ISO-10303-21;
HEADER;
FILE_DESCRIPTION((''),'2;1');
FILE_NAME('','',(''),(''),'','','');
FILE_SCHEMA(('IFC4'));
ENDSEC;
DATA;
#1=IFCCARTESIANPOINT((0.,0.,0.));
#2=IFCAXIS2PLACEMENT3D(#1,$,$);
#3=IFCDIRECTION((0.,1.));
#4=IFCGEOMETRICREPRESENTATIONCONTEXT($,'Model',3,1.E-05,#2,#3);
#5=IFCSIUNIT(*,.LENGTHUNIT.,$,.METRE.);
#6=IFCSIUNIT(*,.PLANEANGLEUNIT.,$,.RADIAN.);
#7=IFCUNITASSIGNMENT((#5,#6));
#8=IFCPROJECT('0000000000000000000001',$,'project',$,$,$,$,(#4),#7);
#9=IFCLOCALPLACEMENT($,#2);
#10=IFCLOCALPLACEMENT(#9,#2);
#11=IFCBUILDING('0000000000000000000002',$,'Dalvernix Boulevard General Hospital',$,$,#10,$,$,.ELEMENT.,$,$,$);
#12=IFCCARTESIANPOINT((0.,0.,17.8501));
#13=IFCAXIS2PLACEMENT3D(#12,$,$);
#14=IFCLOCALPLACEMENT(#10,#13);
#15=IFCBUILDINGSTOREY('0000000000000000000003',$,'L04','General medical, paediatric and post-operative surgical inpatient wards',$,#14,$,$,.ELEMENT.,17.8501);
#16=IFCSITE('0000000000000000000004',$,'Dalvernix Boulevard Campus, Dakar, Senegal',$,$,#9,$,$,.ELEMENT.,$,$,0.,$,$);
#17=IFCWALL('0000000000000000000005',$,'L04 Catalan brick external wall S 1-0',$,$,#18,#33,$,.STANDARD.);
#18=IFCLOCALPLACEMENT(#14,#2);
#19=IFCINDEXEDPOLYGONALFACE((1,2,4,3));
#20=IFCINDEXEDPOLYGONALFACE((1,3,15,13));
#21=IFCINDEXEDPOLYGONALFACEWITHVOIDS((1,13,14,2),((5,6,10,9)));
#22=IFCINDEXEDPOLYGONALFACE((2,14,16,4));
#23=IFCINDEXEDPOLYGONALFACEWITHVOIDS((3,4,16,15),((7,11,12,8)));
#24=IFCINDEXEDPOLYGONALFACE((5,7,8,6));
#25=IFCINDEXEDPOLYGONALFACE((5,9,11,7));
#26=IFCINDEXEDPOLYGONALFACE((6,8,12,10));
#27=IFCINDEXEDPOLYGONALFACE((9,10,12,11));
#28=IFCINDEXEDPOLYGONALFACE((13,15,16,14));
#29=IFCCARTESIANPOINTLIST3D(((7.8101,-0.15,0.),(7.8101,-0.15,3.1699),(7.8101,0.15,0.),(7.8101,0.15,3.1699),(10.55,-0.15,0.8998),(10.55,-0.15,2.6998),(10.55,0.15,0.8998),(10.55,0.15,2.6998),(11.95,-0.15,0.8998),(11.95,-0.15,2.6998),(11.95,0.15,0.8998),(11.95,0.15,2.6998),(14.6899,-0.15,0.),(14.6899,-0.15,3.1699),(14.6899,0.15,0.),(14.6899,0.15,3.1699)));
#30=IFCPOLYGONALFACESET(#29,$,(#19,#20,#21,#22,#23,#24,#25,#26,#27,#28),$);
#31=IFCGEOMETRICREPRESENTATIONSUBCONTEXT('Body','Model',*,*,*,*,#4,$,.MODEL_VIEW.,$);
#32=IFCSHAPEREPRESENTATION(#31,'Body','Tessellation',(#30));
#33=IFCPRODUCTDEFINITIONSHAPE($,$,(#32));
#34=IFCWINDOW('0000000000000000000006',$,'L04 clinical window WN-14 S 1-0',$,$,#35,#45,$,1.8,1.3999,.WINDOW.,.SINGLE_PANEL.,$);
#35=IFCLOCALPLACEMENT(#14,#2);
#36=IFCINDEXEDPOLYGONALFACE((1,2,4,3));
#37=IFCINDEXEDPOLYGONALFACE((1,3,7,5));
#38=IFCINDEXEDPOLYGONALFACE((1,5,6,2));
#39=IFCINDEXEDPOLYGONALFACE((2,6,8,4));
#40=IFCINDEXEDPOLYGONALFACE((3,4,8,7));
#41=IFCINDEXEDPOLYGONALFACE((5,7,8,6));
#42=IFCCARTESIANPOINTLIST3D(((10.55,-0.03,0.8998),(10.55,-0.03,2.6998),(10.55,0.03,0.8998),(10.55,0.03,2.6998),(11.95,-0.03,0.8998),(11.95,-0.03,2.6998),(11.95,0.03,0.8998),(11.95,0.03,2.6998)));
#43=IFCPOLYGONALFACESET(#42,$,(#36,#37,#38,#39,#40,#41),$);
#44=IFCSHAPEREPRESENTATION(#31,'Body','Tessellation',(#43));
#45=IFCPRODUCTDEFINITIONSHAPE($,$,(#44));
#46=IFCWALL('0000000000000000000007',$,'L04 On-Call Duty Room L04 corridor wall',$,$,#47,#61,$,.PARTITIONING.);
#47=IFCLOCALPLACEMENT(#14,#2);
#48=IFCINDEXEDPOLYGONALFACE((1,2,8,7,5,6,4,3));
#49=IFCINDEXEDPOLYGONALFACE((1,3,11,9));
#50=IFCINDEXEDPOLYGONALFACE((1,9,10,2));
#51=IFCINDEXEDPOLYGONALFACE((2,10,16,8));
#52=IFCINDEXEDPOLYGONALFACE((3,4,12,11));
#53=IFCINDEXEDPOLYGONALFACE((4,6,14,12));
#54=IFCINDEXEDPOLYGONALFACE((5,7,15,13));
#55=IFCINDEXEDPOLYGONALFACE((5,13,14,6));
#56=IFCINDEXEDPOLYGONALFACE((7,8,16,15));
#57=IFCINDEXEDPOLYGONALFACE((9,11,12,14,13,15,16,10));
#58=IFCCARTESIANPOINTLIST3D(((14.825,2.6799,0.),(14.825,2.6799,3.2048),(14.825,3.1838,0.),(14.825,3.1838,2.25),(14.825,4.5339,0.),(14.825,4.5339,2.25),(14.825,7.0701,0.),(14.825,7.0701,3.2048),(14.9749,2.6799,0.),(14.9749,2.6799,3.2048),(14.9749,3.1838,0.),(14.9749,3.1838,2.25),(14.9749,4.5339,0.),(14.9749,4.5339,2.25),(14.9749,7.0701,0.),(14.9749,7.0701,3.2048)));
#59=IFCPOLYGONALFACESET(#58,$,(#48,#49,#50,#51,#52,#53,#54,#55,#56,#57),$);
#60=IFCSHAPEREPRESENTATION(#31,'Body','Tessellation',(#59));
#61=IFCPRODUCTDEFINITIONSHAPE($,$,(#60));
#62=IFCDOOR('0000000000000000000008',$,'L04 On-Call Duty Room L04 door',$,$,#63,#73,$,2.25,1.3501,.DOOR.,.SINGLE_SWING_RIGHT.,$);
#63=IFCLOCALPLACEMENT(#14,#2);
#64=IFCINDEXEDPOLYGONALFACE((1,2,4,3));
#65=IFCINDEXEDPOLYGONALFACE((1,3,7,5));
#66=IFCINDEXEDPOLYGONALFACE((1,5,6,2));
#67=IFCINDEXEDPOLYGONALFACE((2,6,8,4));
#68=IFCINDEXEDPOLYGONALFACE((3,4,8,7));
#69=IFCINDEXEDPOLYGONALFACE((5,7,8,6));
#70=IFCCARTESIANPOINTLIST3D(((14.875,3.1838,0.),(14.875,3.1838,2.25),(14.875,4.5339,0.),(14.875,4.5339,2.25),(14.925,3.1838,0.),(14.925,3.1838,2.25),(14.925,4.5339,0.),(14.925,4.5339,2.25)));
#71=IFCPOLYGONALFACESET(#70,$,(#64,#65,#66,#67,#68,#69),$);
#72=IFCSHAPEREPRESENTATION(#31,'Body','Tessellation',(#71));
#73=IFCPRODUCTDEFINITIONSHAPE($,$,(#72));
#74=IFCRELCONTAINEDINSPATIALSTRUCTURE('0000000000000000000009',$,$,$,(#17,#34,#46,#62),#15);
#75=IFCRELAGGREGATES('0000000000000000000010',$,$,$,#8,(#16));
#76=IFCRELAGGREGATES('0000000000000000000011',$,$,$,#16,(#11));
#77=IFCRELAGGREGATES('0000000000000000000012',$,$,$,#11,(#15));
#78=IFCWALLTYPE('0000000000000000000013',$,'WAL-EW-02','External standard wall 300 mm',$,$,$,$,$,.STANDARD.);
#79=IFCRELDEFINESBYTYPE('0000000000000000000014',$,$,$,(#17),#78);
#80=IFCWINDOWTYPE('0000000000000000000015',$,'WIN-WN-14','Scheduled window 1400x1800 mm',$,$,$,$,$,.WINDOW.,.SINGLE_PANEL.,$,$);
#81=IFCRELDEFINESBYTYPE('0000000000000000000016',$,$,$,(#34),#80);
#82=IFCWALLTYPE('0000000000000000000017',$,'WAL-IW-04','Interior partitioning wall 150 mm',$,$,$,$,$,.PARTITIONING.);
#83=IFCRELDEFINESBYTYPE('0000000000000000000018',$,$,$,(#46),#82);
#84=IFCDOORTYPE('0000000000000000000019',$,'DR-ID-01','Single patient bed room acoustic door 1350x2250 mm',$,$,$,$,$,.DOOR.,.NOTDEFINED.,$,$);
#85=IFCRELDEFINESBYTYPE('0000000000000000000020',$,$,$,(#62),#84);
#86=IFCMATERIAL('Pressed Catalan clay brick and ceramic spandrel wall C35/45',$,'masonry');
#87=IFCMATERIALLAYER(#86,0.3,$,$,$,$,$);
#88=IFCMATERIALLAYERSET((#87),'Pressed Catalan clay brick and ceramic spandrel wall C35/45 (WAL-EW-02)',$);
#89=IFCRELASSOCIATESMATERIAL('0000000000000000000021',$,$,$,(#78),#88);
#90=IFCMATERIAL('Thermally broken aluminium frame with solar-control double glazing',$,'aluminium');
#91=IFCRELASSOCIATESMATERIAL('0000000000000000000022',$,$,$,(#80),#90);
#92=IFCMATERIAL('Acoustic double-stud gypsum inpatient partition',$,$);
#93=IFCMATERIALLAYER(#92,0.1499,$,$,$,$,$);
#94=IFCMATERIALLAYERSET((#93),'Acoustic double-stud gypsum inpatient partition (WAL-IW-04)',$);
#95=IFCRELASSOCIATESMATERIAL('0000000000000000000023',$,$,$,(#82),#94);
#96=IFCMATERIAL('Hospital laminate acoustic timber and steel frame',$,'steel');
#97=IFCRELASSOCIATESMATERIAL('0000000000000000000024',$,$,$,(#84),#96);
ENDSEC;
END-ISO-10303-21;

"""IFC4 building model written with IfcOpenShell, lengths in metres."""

from ifc_helpers import new_model, si_unit, direction, frame, frame_2d, origin, place, context, subcontext, project, spatial, rectangle, extrude, material, layer, layer_set, type_object, element, fill, save


model = new_model("IFC4")

# Units and contexts
model_context = context("Model", 3, precision=1e-05, world=origin(), true_north=direction((0.0, 1.0)))
body_context = subcontext(model_context, "Body", "Model", "MODEL_VIEW")
ifc_project = project(units=[si_unit("LENGTHUNIT", "METRE"), si_unit("PLANEANGLEUNIT", "RADIAN")], contexts=[model_context])

# Site, building, storey
site_placement = place(None, origin())
site = spatial("IfcSite", under=ifc_project, at=site_placement, Name="Dalvernix Boulevard Campus, Dakar, Senegal", CompositionType="ELEMENT", RefElevation=0.0)
building_placement = place(site_placement, origin())
building = spatial("IfcBuilding", under=site, at=building_placement, Name="Dalvernix Boulevard General Hospital", CompositionType="ELEMENT")
storey_placement = place(building_placement, frame((0.0, 0.0, 17.8501)))
storey = spatial("IfcBuildingStorey", under=building, at=storey_placement, Name="L04", Description="General medical, paediatric and post-operative surgical inpatient wards", CompositionType="ELEMENT", Elevation=17.8501)

# Shared definitions
ifc_material_1 = material(Name="Hospital laminate acoustic timber and steel frame", Category="steel")

# Wall, opening, window
ifc_material_2 = material(Name="Pressed Catalan clay brick and ceramic spandrel wall C35/45", Category="masonry")
ifc_layer_1 = layer(ifc_material_2, 0.3)
ifc_layer_set_1 = layer_set([ifc_layer_1], Name="Pressed Catalan clay brick and ceramic spandrel wall C35/45 (WAL-EW-02)")
wall_type_1 = type_object("IfcWallType", Name="WAL-EW-02", Description="External standard wall 300 mm", PredefinedType="STANDARD", material=ifc_layer_set_1)
wall_1_placement = place(storey_placement, frame((14.6899, 0.0, 0.0), z_axis=(0.0, 0.0, 1.0), x_axis=(-1.0, 0.0, 0.0)))
wall_1 = element("IfcWall", 1, at=wall_1_placement, inside=storey, type_object=wall_type_1, Name="L04 Catalan brick external wall S 1-0", PredefinedType="STANDARD", context=body_context, shape_type="SweptSolid", body=[
    extrude(rectangle(XDim=6.8799, YDim=0.3, at=frame_2d((3.4399, 0.0))), origin(), (0.0, 0.0, 1.0), 3.1699),
])
opening_1_placement = place(wall_1_placement, frame((2.74, 0.0, 0.8999)))
opening_1 = element("IfcOpeningElement", 2, at=opening_1_placement, cuts=wall_1, PredefinedType="OPENING", context=body_context, shape_type="SweptSolid", body=[
    extrude(rectangle(XDim=1.3999, YDim=1.8, at=frame_2d((0.7, 0.8999))), frame((0.0, 0.1599, 0.0), z_axis=(0.0, -1.0, 0.0), x_axis=(1.0, 0.0, 0.0)), (0.0, 0.0, 1.0), 0.3201),
])
ifc_material_3 = material(Name="Thermally broken aluminium frame with solar-control double glazing", Category="aluminium")
window_type = type_object("IfcWindowType", Name="WIN-WN-14", Description="Scheduled window 1400x1800 mm", PartitioningType="SINGLE_PANEL", PredefinedType="WINDOW", material=ifc_material_3)
window_placement = place(opening_1_placement, origin())
window = element("IfcWindow", 3, at=window_placement, inside=storey, type_object=window_type, Name="L04 clinical window WN-14 S 1-0", OverallHeight=1.8, OverallWidth=1.3999, PartitioningType="SINGLE_PANEL", PredefinedType="WINDOW", context=body_context, shape_type="SweptSolid", body=[
    extrude(rectangle(XDim=1.3999, YDim=1.8, at=frame_2d((0.7, 0.8999))), frame((0.0, 0.03, 0.0), z_axis=(0.0, -1.0, 0.0), x_axis=(1.0, 0.0, 0.0)), (0.0, 0.0, 1.0), 0.0601),
])
fill(opening_1, window)

# Wall, opening, door
ifc_material_4 = material(Name="Acoustic double-stud gypsum inpatient partition")
ifc_layer_2 = layer(ifc_material_4, 0.1499)
ifc_layer_set_2 = layer_set([ifc_layer_2], Name="Acoustic double-stud gypsum inpatient partition (WAL-IW-04)")
wall_type_2 = type_object("IfcWallType", Name="WAL-IW-04", Description="Interior partitioning wall 150 mm", PredefinedType="PARTITIONING", material=ifc_layer_set_2)
wall_2_placement = place(storey_placement, frame((14.8999, 2.6799, 0.0), z_axis=(0.0, 0.0, 1.0), x_axis=(0.0, 1.0, 0.0)))
wall_2 = element("IfcWall", 4, at=wall_2_placement, inside=storey, type_object=wall_type_2, Name="L04 On-Call Duty Room L04 corridor wall", PredefinedType="PARTITIONING", context=body_context, shape_type="SweptSolid", body=[
    extrude(rectangle(XDim=4.3901, YDim=0.1499, at=frame_2d((2.1951, 0.0))), origin(), (0.0, 0.0, 1.0), 3.2048),
])
opening_2_placement = place(wall_2_placement, frame((0.5039, 0.0, 0.0)))
opening_2 = element("IfcOpeningElement", 5, at=opening_2_placement, cuts=wall_2, PredefinedType="OPENING", context=body_context, shape_type="SweptSolid", body=[
    extrude(rectangle(XDim=1.3501, YDim=2.25, at=frame_2d((0.675, 1.125))), frame((0.0, 0.085, 0.0), z_axis=(0.0, -1.0, 0.0), x_axis=(1.0, 0.0, 0.0)), (0.0, 0.0, 1.0), 0.1699),
])
door_type_1 = type_object("IfcDoorType", Name="DR-ID-01", Description="Single patient bed room acoustic door 1350x2250 mm", OperationType="NOTDEFINED", PredefinedType="DOOR", material=ifc_material_1)
door_1_placement = place(opening_2_placement, origin())
door_1 = element("IfcDoor", 6, at=door_1_placement, inside=storey, type_object=door_type_1, Name="L04 On-Call Duty Room L04 door", OperationType="SINGLE_SWING_RIGHT", OverallHeight=2.25, OverallWidth=1.3501, PredefinedType="DOOR", context=body_context, shape_type="SweptSolid", body=[
    extrude(rectangle(XDim=1.3501, YDim=2.25, at=frame_2d((0.675, 1.125))), frame((0.0, 0.0249, 0.0), z_axis=(0.0, -1.0, 0.0), x_axis=(1.0, 0.0, 0.0)), (0.0, 0.0, 1.0), 0.05),
])
fill(opening_2, door_1)

save(model, "model.ifc")
